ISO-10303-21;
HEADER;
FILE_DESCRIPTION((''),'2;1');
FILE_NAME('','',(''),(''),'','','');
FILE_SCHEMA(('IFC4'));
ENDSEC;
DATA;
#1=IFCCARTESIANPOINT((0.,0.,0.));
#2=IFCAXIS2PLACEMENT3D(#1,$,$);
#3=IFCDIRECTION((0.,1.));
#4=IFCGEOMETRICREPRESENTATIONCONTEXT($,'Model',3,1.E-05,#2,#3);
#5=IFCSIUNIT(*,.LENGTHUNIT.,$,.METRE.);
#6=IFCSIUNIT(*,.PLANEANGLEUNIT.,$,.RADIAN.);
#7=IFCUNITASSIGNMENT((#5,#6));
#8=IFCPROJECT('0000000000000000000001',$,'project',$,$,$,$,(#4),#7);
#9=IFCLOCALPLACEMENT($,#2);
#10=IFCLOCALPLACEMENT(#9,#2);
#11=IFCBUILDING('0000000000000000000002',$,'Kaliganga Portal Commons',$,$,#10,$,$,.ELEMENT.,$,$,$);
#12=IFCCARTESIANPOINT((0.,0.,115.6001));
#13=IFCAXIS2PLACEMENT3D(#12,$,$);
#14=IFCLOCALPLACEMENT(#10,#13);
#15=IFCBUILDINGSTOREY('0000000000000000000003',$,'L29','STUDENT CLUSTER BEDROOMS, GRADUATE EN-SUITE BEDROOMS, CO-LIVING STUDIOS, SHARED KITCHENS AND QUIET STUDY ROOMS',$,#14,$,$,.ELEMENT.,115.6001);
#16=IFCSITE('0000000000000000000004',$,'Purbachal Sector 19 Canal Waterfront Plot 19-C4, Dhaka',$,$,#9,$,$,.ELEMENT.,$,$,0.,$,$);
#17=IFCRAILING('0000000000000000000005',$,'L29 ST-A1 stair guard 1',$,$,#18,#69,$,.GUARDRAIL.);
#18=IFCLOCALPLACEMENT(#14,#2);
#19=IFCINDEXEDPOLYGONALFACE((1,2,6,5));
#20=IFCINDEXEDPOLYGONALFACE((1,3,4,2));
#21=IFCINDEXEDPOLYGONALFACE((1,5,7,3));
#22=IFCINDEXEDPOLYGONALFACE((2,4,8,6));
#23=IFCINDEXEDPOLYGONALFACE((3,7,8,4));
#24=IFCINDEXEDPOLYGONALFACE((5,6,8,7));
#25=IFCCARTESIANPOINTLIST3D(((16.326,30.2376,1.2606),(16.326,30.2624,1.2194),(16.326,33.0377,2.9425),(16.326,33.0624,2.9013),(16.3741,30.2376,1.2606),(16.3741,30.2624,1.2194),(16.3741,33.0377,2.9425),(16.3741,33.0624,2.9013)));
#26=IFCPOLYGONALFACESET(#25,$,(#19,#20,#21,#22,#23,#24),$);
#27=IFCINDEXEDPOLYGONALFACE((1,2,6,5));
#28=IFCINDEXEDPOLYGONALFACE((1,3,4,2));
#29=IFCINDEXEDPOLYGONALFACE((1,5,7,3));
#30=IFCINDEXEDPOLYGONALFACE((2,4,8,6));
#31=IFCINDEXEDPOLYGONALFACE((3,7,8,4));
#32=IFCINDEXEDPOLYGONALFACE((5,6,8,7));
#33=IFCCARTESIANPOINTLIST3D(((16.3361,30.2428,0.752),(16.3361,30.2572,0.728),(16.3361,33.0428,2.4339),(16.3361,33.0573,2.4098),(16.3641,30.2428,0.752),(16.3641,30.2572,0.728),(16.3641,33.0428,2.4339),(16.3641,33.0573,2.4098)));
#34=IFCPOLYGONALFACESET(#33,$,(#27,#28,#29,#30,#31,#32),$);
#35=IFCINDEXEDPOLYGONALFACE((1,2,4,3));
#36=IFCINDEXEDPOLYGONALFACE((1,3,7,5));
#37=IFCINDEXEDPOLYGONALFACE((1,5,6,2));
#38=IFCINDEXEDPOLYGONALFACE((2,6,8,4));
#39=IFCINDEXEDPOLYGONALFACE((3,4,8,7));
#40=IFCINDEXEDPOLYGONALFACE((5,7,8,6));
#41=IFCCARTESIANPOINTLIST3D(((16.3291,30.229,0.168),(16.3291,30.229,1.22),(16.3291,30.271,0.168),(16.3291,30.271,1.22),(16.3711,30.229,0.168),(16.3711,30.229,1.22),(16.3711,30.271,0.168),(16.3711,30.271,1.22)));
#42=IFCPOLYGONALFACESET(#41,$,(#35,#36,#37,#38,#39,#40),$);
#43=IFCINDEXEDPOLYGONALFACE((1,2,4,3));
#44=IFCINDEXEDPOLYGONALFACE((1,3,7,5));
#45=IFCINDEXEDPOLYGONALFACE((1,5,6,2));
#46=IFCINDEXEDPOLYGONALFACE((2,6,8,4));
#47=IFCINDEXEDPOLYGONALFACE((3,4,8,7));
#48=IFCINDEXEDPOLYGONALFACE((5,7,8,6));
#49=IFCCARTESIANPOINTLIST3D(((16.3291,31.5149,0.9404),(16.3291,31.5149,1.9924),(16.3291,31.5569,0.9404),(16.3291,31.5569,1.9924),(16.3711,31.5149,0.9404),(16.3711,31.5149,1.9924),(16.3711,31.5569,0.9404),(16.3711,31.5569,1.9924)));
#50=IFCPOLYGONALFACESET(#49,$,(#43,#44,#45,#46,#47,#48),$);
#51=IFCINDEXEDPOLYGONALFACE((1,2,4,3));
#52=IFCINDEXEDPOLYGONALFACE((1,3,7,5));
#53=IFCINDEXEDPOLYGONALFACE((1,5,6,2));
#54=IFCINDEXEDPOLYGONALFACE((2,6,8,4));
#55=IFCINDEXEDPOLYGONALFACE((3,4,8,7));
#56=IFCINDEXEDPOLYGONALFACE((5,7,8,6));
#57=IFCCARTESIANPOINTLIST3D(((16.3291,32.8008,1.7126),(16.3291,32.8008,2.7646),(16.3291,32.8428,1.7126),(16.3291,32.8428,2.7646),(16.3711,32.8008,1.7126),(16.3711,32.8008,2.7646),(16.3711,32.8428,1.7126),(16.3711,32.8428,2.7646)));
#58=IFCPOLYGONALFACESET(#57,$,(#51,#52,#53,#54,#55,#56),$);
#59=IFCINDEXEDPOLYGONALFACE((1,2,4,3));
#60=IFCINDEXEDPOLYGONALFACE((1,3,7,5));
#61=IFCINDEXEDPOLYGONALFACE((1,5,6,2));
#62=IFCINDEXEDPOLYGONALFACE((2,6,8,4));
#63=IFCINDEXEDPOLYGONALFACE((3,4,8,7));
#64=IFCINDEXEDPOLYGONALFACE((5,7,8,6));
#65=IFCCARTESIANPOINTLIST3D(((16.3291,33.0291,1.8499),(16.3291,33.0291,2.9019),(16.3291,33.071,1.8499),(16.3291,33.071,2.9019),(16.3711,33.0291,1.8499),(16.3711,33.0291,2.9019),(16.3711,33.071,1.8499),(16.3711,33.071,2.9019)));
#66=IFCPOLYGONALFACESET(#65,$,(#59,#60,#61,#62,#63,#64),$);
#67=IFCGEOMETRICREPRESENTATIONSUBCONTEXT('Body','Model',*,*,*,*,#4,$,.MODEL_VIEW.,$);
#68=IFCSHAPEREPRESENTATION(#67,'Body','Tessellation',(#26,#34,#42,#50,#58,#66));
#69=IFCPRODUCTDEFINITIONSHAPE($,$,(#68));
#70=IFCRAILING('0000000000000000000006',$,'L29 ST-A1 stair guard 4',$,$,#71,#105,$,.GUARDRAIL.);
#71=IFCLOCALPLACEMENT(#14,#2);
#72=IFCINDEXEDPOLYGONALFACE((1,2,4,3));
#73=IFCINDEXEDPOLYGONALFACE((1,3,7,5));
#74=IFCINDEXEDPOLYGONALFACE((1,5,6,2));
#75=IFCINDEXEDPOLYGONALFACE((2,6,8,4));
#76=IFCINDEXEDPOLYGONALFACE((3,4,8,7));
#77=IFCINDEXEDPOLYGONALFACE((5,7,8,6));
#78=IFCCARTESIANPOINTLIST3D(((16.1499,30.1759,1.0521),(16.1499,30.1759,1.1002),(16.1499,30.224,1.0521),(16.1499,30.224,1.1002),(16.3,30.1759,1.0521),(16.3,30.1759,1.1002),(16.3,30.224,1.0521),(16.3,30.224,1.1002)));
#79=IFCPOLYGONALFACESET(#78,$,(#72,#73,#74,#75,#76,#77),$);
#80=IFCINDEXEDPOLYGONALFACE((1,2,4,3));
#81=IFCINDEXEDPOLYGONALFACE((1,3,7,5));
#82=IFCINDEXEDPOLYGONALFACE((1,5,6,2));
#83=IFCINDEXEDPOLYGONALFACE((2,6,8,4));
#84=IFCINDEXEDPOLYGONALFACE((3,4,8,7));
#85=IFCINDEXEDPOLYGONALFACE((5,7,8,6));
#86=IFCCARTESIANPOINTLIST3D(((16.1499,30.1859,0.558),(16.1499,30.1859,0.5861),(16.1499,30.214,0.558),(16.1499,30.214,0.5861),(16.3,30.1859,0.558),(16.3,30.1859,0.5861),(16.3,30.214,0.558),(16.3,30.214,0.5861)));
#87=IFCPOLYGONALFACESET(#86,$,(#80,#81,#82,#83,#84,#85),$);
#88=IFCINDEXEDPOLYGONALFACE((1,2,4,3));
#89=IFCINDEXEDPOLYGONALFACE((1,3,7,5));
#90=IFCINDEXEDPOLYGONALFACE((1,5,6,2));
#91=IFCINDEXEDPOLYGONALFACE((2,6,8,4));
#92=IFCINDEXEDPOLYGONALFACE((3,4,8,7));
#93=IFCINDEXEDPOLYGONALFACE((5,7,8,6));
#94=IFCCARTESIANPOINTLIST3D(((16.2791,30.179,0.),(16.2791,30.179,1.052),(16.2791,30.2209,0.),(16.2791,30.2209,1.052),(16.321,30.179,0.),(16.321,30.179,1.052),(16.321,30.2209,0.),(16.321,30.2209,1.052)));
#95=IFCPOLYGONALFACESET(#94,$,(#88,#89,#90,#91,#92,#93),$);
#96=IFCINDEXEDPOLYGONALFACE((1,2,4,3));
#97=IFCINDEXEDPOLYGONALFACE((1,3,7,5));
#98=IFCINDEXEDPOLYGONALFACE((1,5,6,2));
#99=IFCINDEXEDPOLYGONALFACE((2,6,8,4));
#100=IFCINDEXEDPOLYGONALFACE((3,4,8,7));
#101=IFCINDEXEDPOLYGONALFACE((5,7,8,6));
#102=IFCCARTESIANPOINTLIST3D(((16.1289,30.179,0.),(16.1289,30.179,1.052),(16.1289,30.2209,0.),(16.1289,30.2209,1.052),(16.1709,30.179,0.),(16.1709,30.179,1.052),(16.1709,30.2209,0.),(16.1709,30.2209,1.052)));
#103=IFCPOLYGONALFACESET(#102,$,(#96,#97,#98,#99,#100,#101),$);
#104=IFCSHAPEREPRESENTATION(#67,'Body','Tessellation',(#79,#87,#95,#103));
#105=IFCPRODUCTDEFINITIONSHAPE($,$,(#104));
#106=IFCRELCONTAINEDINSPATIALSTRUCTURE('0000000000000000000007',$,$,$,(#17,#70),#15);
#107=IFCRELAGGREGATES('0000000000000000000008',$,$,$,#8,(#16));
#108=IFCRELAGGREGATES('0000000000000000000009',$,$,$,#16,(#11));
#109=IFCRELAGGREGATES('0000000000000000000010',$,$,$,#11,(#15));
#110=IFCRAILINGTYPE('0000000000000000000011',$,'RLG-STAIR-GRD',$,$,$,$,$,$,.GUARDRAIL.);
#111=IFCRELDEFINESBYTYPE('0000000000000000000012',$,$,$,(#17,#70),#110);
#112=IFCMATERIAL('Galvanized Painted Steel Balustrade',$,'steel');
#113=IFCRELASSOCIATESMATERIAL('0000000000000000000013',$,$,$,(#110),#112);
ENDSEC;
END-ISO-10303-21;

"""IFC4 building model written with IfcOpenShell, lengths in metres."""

from ifc_helpers import new_model, si_unit, direction, frame, origin, origin_2d, place, context, subcontext, project, spatial, rectangle, extrude, material, type_object, element, save


model = new_model("IFC4")

# Units and contexts
model_context = context("Model", 3, precision=1e-05, world=origin(), true_north=direction((0.0, 1.0)))
body_context = subcontext(model_context, "Body", "Model", "MODEL_VIEW")
ifc_project = project(units=[si_unit("LENGTHUNIT", "METRE"), si_unit("PLANEANGLEUNIT", "RADIAN")], contexts=[model_context])

# Site, building, storey
site_placement = place(None, origin())
site = spatial("IfcSite", under=ifc_project, at=site_placement, Name="Purbachal Sector 19 Canal Waterfront Plot 19-C4, Dhaka", CompositionType="ELEMENT", RefElevation=0.0)
building_placement = place(site_placement, origin())
building = spatial("IfcBuilding", under=site, at=building_placement, Name="Kaliganga Portal Commons", CompositionType="ELEMENT")
storey_placement = place(building_placement, frame((0.0, 0.0, 115.6001)))
storey = spatial("IfcBuildingStorey", under=building, at=storey_placement, Name="L29", Description="STUDENT CLUSTER BEDROOMS, GRADUATE EN-SUITE BEDROOMS, CO-LIVING STUDIOS, SHARED KITCHENS AND QUIET STUDY ROOMS", CompositionType="ELEMENT", Elevation=115.6001)

# Railings
ifc_material_1 = material(Name="Galvanized Painted Steel Balustrade", Category="steel")
railing_type = type_object("IfcRailingType", Name="RLG-STAIR-GRD", PredefinedType="GUARDRAIL", material=ifc_material_1)
railing_1_placement = place(storey_placement, frame((16.3501, 30.25, 0.168)))
element("IfcRailing", 1, at=railing_1_placement, inside=storey, type_object=railing_type, Name="L29 ST-A1 stair guard 1", PredefinedType="GUARDRAIL", context=body_context, shape_type="SweptSolid", body=[
    extrude(rectangle(XDim=0.0481, YDim=0.0481, at=origin_2d()), frame((0.0, 0.0, 1.072), z_axis=(0.0, 0.857242, 0.514913), x_axis=(-1.0, 0.0, 0.0)), (0.0, 0.0, 1.0), 3.2664),
    extrude(rectangle(XDim=0.0281, YDim=0.0281, at=origin_2d()), frame((0.0, 0.0, 0.572), z_axis=(0.0, 0.857242, 0.514913), x_axis=(-1.0, 0.0, 0.0)), (0.0, 0.0, 1.0), 3.2664),
    extrude(rectangle(XDim=0.042, YDim=0.042, at=origin_2d()), origin(), (0.0, 0.0, 1.0), 1.052),
    extrude(rectangle(XDim=0.042, YDim=0.042, at=origin_2d()), frame((0.0, 1.2859, 0.7725)), (0.0, 0.0, 1.0), 1.052),
    extrude(rectangle(XDim=0.042, YDim=0.042, at=origin_2d()), frame((0.0, 2.5718, 1.5447)), (0.0, 0.0, 1.0), 1.052),
    extrude(rectangle(XDim=0.042, YDim=0.042, at=origin_2d()), frame((0.0, 2.8, 1.6819)), (0.0, 0.0, 1.0), 1.052),
])
railing_2_placement = place(storey_placement, frame((16.3, 30.2, 0.0)))
element("IfcRailing", 2, at=railing_2_placement, inside=storey, type_object=railing_type, Name="L29 ST-A1 stair guard 4", PredefinedType="GUARDRAIL", context=body_context, shape_type="SweptSolid", body=[
    extrude(rectangle(XDim=0.0481, YDim=0.0481, at=origin_2d()), frame((0.0, 0.0, 1.0762), z_axis=(-1.0, 0.0, 0.0), x_axis=(0.0, -1.0, 0.0)), (0.0, 0.0, 1.0), 0.1501),
    extrude(rectangle(XDim=0.0281, YDim=0.0281, at=origin_2d()), frame((0.0, 0.0, 0.572), z_axis=(-1.0, 0.0, 0.0), x_axis=(0.0, -1.0, 0.0)), (0.0, 0.0, 1.0), 0.1501),
    extrude(rectangle(XDim=0.042, YDim=0.042, at=origin_2d()), origin(), (0.0, 0.0, 1.0), 1.052),
    extrude(rectangle(XDim=0.042, YDim=0.042, at=origin_2d()), frame((-0.1501, 0.0, 0.0)), (0.0, 0.0, 1.0), 1.052),
])

save(model, "model.ifc")
